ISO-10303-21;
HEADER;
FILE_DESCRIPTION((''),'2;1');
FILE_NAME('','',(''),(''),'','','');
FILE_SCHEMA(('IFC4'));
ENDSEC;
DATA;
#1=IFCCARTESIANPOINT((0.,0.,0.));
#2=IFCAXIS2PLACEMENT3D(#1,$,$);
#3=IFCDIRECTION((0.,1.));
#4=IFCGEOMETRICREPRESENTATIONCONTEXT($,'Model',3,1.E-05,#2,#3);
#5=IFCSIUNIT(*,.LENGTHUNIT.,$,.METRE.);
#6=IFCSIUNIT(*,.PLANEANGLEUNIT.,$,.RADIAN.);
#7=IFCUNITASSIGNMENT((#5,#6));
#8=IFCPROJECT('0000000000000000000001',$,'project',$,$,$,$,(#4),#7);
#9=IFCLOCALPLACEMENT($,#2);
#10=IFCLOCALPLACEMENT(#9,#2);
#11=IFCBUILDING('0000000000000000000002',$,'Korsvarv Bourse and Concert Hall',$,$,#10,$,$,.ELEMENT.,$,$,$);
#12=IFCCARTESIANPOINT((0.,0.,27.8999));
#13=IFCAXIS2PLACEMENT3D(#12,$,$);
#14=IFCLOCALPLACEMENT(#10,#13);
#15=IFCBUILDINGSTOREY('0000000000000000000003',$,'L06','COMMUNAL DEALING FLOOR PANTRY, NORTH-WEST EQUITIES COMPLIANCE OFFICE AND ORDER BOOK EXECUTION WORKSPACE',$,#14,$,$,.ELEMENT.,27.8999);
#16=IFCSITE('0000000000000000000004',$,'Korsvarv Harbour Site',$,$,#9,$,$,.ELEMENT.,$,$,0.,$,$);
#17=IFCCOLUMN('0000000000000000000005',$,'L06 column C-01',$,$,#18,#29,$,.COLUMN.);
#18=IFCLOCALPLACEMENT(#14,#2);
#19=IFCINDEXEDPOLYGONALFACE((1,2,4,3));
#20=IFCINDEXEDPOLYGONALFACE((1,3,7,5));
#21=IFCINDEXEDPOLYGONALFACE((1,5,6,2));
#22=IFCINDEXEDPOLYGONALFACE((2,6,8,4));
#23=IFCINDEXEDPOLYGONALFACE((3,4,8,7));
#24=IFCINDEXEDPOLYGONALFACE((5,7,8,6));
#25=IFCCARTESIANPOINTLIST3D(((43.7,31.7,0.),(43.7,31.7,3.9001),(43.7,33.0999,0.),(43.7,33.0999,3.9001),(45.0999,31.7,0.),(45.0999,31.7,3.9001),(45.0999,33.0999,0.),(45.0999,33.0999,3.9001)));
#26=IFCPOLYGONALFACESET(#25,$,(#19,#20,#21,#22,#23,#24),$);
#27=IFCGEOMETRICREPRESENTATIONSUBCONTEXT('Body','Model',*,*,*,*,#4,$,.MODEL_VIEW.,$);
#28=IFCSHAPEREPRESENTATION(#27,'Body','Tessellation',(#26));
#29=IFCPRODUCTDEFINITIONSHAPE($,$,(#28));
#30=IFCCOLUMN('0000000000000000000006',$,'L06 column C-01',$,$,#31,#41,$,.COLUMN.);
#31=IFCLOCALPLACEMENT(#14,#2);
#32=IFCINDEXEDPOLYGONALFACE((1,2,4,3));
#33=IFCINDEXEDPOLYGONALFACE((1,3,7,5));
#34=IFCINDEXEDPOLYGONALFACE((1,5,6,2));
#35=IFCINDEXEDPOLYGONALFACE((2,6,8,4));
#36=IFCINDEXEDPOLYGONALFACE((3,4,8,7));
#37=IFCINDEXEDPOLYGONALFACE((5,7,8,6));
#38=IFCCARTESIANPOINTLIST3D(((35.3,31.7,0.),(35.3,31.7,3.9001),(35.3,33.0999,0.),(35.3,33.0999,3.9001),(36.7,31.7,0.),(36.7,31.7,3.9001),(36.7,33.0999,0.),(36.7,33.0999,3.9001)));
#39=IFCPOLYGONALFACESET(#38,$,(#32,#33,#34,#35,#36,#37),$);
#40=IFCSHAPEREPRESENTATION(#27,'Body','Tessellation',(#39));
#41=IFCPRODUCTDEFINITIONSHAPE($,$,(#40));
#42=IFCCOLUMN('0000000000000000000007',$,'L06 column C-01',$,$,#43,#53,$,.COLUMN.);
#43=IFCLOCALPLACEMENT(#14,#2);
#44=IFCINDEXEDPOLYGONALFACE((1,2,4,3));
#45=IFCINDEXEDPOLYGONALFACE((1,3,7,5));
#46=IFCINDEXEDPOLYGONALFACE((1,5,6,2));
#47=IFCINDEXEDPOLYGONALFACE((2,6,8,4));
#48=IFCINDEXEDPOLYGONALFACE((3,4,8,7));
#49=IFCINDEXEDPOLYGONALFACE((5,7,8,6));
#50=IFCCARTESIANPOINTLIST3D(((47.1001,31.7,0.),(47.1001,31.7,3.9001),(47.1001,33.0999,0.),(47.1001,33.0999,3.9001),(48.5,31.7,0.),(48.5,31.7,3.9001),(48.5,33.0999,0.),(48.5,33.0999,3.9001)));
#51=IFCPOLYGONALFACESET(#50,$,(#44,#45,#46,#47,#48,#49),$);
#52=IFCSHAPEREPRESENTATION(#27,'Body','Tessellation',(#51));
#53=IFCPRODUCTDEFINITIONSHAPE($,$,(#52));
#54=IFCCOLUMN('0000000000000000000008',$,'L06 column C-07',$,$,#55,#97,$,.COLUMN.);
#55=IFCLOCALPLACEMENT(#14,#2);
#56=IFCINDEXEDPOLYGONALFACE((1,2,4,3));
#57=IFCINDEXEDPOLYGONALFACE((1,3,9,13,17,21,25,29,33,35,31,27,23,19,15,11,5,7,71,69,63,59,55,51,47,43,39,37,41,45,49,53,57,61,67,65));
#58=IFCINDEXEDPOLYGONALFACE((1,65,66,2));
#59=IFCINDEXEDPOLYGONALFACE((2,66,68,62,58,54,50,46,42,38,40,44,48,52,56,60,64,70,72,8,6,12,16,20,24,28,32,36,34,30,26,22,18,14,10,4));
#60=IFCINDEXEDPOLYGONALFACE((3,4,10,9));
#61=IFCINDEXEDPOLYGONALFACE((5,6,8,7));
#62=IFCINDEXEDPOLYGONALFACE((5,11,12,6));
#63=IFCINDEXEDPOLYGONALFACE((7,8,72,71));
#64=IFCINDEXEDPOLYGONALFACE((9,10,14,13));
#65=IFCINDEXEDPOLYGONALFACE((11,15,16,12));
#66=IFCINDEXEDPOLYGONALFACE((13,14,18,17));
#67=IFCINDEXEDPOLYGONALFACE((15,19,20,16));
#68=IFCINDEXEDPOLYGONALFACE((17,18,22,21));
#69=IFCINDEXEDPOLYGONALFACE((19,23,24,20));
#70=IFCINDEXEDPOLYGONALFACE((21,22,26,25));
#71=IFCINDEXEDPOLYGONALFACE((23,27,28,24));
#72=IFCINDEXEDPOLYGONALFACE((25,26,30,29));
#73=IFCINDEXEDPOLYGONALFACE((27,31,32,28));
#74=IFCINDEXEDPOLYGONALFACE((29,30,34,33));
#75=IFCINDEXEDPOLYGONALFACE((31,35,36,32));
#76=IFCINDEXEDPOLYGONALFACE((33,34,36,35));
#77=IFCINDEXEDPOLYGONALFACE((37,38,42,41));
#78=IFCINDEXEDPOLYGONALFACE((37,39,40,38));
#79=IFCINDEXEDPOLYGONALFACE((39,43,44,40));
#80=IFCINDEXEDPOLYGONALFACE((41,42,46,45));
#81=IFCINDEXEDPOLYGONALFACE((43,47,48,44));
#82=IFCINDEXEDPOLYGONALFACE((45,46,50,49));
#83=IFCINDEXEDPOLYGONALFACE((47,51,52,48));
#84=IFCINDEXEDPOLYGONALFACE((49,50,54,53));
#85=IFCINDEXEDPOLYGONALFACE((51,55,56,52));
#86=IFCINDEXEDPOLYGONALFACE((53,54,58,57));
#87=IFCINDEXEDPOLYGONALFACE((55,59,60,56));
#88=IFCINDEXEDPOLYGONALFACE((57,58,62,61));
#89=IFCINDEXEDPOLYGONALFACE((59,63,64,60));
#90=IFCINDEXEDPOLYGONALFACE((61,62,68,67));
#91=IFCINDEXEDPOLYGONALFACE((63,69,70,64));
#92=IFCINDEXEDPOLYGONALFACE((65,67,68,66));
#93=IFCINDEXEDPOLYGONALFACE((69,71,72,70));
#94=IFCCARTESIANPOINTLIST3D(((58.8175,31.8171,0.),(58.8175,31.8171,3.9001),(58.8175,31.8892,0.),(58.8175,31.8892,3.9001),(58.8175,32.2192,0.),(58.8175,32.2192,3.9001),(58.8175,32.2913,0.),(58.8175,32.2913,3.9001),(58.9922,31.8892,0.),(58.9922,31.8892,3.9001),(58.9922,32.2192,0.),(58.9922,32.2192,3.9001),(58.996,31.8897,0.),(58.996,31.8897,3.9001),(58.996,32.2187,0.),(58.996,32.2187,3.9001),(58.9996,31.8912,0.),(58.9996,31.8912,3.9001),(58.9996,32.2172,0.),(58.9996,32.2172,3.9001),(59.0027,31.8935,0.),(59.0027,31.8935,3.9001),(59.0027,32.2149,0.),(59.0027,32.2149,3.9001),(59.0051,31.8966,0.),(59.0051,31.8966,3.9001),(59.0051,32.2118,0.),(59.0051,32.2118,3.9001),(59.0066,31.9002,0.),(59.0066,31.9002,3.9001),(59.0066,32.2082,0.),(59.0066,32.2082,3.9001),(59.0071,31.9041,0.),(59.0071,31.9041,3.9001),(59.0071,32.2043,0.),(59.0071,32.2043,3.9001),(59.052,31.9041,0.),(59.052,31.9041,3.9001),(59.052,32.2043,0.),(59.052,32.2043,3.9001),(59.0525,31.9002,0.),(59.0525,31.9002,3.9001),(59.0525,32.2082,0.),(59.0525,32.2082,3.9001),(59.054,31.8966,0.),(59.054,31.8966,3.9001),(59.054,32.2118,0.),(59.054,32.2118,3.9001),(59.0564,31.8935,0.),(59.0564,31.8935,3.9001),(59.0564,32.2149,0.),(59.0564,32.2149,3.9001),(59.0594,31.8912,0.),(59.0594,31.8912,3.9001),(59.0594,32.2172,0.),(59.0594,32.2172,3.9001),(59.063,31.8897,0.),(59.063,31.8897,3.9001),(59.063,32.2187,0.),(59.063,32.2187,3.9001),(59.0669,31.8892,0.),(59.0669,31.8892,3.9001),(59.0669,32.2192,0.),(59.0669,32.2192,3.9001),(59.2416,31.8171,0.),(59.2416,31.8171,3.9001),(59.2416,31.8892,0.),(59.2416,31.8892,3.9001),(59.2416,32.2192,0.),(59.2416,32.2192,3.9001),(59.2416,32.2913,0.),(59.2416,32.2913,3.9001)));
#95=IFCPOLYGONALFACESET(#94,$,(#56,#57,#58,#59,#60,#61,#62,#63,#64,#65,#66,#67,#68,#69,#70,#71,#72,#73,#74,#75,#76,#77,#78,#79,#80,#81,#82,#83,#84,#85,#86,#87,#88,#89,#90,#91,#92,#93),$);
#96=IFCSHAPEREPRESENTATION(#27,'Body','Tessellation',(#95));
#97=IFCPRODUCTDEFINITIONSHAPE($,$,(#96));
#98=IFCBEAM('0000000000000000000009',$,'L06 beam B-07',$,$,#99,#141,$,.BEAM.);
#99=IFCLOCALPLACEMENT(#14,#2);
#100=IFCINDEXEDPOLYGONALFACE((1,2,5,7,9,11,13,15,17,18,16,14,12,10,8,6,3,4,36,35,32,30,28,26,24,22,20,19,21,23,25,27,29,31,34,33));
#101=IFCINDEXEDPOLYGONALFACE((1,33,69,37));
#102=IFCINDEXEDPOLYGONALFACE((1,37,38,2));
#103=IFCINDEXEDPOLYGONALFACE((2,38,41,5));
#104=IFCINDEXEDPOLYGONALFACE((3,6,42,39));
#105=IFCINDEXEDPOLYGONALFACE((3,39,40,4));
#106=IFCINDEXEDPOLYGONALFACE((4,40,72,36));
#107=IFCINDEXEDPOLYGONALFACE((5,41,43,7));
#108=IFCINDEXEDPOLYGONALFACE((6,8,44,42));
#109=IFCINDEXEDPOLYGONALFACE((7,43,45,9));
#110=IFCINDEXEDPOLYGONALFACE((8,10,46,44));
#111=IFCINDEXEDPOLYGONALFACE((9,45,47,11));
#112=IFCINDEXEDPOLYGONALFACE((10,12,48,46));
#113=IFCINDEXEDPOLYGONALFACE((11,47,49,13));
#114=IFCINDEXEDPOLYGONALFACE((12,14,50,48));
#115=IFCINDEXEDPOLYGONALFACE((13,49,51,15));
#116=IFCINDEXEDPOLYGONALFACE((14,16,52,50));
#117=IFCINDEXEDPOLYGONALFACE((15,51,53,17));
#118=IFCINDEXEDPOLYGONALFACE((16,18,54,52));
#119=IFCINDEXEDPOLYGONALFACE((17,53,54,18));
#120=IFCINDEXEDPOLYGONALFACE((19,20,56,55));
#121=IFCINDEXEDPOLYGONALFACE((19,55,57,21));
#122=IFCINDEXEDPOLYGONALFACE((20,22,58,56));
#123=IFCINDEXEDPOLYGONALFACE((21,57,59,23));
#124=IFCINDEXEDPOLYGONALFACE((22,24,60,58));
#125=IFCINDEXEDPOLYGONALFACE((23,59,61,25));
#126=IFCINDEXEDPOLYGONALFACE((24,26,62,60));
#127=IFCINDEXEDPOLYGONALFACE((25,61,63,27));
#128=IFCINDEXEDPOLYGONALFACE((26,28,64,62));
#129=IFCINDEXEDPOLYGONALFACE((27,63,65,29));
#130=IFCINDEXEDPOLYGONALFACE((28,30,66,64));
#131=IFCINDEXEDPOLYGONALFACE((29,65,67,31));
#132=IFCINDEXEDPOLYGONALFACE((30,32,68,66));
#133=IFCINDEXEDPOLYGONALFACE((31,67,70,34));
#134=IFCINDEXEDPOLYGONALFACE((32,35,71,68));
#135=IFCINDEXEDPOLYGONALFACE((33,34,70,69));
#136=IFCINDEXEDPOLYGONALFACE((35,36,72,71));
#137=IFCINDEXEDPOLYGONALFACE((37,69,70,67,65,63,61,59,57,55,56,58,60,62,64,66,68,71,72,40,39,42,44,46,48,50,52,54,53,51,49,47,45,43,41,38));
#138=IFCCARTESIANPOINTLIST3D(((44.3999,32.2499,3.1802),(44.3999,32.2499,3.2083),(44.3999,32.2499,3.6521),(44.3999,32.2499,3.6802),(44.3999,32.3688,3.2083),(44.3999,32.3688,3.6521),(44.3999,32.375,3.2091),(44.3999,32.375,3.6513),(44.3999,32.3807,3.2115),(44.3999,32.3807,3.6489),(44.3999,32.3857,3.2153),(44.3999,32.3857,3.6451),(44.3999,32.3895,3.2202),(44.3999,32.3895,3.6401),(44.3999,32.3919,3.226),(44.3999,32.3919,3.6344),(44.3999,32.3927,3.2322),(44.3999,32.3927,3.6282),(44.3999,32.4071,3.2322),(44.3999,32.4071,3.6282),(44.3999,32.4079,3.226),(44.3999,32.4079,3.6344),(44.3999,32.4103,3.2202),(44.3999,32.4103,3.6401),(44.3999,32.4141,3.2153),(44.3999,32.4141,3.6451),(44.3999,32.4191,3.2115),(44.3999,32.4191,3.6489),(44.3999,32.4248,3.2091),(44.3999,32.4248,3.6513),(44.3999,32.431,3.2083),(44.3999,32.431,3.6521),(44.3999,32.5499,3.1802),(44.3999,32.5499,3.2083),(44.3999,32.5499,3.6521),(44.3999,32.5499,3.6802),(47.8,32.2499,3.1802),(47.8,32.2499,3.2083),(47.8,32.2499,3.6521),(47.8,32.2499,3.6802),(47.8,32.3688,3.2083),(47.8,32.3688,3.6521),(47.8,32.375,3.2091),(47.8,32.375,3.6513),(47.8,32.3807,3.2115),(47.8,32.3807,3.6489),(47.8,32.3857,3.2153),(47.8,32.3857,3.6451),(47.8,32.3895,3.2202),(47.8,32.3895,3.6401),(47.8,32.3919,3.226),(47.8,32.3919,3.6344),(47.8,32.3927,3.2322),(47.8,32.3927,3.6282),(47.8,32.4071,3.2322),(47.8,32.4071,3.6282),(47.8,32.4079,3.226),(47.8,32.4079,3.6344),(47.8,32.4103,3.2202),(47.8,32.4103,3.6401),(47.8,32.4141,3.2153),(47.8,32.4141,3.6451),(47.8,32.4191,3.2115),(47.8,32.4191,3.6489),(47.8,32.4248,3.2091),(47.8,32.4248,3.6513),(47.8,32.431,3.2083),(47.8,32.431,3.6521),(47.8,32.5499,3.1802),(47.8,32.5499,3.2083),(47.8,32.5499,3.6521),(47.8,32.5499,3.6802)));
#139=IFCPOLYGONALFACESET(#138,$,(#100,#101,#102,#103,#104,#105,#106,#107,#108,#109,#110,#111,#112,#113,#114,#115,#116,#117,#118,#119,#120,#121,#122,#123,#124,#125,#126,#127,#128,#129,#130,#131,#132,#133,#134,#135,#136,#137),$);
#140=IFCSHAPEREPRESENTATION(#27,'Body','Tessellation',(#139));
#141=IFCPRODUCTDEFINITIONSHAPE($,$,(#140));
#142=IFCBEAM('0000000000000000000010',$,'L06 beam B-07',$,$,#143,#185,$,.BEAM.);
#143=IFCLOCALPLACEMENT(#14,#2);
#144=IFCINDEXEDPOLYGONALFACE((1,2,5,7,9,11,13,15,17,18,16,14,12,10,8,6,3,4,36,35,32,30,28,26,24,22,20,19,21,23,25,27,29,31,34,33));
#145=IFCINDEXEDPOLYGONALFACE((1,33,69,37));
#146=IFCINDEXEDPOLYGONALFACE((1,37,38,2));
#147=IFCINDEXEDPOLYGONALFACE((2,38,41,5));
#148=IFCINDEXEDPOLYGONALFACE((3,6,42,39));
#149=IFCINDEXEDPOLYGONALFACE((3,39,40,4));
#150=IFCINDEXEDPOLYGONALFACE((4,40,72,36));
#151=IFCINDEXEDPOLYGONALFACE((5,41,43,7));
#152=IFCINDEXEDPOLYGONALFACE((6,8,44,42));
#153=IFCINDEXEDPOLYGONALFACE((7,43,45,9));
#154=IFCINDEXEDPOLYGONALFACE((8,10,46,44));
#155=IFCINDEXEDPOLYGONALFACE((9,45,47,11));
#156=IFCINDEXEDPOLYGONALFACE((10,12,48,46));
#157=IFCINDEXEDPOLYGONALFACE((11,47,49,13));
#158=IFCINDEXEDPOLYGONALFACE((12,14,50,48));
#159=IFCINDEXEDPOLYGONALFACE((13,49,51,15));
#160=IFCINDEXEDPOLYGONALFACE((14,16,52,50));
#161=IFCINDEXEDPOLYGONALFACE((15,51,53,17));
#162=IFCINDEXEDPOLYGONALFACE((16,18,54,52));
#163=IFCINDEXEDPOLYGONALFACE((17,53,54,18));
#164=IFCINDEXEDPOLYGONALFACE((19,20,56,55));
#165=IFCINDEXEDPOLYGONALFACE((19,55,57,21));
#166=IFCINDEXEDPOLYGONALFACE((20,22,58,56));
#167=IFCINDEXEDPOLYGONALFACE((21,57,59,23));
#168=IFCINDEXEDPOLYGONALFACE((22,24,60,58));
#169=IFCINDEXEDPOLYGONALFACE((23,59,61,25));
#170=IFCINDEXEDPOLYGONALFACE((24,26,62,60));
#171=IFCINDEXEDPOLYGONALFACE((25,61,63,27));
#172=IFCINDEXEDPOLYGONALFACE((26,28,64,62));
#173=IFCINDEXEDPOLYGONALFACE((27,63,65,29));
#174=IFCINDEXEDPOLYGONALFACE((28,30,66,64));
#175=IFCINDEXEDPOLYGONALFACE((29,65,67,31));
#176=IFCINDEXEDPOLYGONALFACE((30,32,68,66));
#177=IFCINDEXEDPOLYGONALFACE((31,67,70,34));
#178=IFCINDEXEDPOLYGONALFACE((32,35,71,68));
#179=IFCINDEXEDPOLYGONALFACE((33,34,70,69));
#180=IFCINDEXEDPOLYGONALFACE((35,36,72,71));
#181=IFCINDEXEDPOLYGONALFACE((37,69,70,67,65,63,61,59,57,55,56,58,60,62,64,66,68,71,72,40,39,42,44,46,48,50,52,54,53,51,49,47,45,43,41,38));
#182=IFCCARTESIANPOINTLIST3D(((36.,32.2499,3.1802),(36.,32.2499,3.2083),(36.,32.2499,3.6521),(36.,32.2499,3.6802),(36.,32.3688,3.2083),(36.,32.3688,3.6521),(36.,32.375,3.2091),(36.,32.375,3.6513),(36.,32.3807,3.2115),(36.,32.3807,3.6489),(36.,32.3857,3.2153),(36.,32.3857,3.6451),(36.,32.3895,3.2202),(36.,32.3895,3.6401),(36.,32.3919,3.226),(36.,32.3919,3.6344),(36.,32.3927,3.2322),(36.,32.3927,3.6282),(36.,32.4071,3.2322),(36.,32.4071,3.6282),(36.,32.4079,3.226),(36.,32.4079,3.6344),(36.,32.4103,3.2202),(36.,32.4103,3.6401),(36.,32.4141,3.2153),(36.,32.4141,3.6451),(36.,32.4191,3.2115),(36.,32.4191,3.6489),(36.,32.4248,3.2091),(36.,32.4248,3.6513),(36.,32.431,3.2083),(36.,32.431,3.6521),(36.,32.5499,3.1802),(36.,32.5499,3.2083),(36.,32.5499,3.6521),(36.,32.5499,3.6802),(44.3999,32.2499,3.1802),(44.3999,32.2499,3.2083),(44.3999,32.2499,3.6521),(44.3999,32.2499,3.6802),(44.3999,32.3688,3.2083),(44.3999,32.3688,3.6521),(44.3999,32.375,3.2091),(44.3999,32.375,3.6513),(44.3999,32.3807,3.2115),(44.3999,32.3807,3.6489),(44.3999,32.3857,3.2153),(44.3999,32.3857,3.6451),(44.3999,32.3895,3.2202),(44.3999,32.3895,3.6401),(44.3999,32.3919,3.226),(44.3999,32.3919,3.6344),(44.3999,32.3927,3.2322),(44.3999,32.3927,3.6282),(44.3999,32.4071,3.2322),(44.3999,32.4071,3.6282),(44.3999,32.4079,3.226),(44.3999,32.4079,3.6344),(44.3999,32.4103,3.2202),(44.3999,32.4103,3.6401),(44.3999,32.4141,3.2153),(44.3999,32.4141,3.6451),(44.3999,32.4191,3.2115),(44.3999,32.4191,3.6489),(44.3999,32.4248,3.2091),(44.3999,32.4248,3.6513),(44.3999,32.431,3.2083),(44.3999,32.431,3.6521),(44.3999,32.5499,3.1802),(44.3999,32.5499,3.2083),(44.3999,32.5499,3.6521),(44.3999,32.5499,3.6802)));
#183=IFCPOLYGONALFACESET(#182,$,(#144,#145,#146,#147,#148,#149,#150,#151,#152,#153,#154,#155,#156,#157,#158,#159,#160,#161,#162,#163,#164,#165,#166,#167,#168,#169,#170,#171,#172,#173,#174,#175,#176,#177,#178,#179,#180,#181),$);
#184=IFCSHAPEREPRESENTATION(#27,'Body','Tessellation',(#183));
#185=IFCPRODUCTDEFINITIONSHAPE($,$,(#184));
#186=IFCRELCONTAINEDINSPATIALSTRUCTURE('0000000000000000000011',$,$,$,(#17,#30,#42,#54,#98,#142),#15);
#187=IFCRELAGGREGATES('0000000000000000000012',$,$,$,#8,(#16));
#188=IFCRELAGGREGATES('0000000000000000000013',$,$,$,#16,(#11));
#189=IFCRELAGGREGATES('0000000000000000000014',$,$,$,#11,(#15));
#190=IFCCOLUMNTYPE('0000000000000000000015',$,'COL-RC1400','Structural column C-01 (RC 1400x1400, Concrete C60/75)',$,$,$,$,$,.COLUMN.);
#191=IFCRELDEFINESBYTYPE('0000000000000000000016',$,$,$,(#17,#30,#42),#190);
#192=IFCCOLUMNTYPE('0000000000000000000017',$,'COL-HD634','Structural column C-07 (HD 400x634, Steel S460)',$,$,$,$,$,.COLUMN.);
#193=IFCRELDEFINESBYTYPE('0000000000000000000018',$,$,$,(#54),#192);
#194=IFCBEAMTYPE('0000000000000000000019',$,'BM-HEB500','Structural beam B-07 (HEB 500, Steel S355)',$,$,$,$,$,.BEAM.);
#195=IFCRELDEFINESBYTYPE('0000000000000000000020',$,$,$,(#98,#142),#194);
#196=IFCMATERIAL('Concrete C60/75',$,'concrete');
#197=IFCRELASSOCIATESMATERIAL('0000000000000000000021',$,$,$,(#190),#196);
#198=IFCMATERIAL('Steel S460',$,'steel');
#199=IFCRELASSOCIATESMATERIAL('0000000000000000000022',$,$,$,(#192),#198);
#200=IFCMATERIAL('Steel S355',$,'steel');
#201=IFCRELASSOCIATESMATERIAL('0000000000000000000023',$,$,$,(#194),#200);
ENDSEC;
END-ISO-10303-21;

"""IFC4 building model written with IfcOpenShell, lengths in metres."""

from ifc_helpers import new_model, si_unit, direction, frame, origin, origin_2d, place, context, subcontext, project, spatial, rectangle, i_section, extrude, source, transform, mapped, material, material_profile, profile_set, type_object, element, save


model = new_model("IFC4")

# Units and contexts
model_context = context("Model", 3, precision=1e-05, world=origin(), true_north=direction((0.0, 1.0)))
body_context = subcontext(model_context, "Body", "Model", "MODEL_VIEW")
ifc_project = project(units=[si_unit("LENGTHUNIT", "METRE"), si_unit("PLANEANGLEUNIT", "RADIAN")], contexts=[model_context])

# Site, building, storey
site_placement = place(None, origin())
site = spatial("IfcSite", under=ifc_project, at=site_placement, Name="Korsvarv Harbour Site", CompositionType="ELEMENT", RefElevation=0.0)
building_placement = place(site_placement, origin())
building = spatial("IfcBuilding", under=site, at=building_placement, Name="Korsvarv Bourse and Concert Hall", CompositionType="ELEMENT")
storey_placement = place(building_placement, frame((0.0, 0.0, 27.8999)))
storey = spatial("IfcBuildingStorey", under=building, at=storey_placement, Name="L06", Description="COMMUNAL DEALING FLOOR PANTRY, NORTH-WEST EQUITIES COMPLIANCE OFFICE AND ORDER BOOK EXECUTION WORKSPACE", CompositionType="ELEMENT", Elevation=27.8999)

# Columns
ifc_material_1 = material(Name="Concrete C60/75", Category="concrete")
ifc_material_profile_1 = material_profile(ifc_material_1, rectangle(XDim=1.3999, YDim=1.3999, at=origin_2d()), Name="RC 1400x1400")
ifc_profile_set_1 = profile_set([ifc_material_profile_1], Name="Concrete C60/75")
column_type_1 = type_object("IfcColumnType", Name="COL-RC1400", Description="Structural column C-01 (RC 1400x1400, Concrete C60/75)", PredefinedType="COLUMN", material=ifc_profile_set_1)
shared_shape_1 = source(origin(), body_context, "Body", "SweptSolid", [
    extrude(rectangle(XDim=1.3999, YDim=1.3999, at=origin_2d()), origin(), (0.0, 0.0, 1.0), 3.9001),
])
for number, where, z_axis, x_axis, name in (
    (1, (44.3999, 32.3999, 0.0), (0.0, 0.0, 1.0), (1.0, 0.0, 0.0), "L06 column C-01"),
    (2, (36.0, 32.3999, 0.0), (0.0, 0.0, 1.0), (1.0, 0.0, 0.0), "L06 column C-01"),
    (3, (47.8, 32.3999, 0.0), (0.0, 0.0, 1.0), (1.0, 0.0, 0.0), "L06 column C-01"),
):
    element("IfcColumn", number, at=place(storey_placement, frame(where, z_axis=z_axis, x_axis=x_axis)), inside=storey, type_object=column_type_1, Name=name, PredefinedType="COLUMN", context=body_context, shape_type="MappedRepresentation", body=[
        mapped(shared_shape_1, transform((0.0, 0.0, 0.0), scale=1.0)),
    ])
ifc_material_2 = material(Name="Steel S460", Category="steel")
ifc_material_profile_2 = material_profile(ifc_material_2, i_section(OverallWidth=0.4241, OverallDepth=0.4741, WebThickness=0.0449, FlangeThickness=0.072, FilletRadius=0.0149, at=origin_2d()), Name="HD 400x634")
ifc_profile_set_2 = profile_set([ifc_material_profile_2], Name="Steel S460")
column_type_2 = type_object("IfcColumnType", Name="COL-HD634", Description="Structural column C-07 (HD 400x634, Steel S460)", PredefinedType="COLUMN", material=ifc_profile_set_2)
shared_shape_2 = source(origin(), body_context, "Body", "SweptSolid", [
    extrude(i_section(OverallWidth=0.4241, OverallDepth=0.4741, WebThickness=0.0449, FlangeThickness=0.072, FilletRadius=0.0149, at=origin_2d()), origin(), (0.0, 0.0, 1.0), 3.9001),
])
column_placement = place(storey_placement, frame((59.0295, 32.0542, 0.0), z_axis=(0.0, 0.0, 1.0), x_axis=(1.0, 0.0, 0.0)))
element("IfcColumn", 4, at=column_placement, inside=storey, type_object=column_type_2, Name="L06 column C-07", PredefinedType="COLUMN", context=body_context, shape_type="MappedRepresentation", body=[
    mapped(shared_shape_2, transform((0.0, 0.0, 0.0), scale=1.0)),
])

# Beams
ifc_material_3 = material(Name="Steel S355", Category="steel")
ifc_material_profile_3 = material_profile(ifc_material_3, i_section(OverallWidth=0.3, OverallDepth=0.5, WebThickness=0.0144, FlangeThickness=0.0281, FilletRadius=0.0239, at=origin_2d()), Name="HEB 500")
ifc_profile_set_3 = profile_set([ifc_material_profile_3], Name="Steel S355")
beam_type_1 = type_object("IfcBeamType", Name="BM-HEB500", Description="Structural beam B-07 (HEB 500, Steel S355)", PredefinedType="BEAM", material=ifc_profile_set_3)
shared_shape_3 = source(origin(), body_context, "Body", "SweptSolid", [
    extrude(i_section(OverallWidth=0.3, OverallDepth=0.5, WebThickness=0.0144, FlangeThickness=0.0281, FilletRadius=0.0239, at=origin_2d()), origin(), (0.0, 0.0, 1.0), 3.4001),
])
beam_1_placement = place(storey_placement, frame((44.3999, 32.3999, 3.4302), z_axis=(1.0, 0.0, 0.0), x_axis=(0.0, 1.0, 0.0)))
element("IfcBeam", 5, at=beam_1_placement, inside=storey, type_object=beam_type_1, Name="L06 beam B-07", PredefinedType="BEAM", context=body_context, shape_type="MappedRepresentation", body=[
    mapped(shared_shape_3, transform((0.0, 0.0, 0.0), scale=1.0)),
])
shared_shape_4 = source(origin(), body_context, "Body", "SweptSolid", [
    extrude(i_section(OverallWidth=0.3, OverallDepth=0.5, WebThickness=0.0144, FlangeThickness=0.0281, FilletRadius=0.0239, at=origin_2d()), origin(), (0.0, 0.0, 1.0), 8.3999),
])
beam_2_placement = place(storey_placement, frame((36.0, 32.3999, 3.4302), z_axis=(1.0, 0.0, 0.0), x_axis=(0.0, 1.0, 0.0)))
element("IfcBeam", 6, at=beam_2_placement, inside=storey, type_object=beam_type_1, Name="L06 beam B-07", PredefinedType="BEAM", context=body_context, shape_type="MappedRepresentation", body=[
    mapped(shared_shape_4, transform((0.0, 0.0, 0.0), scale=1.0)),
])

save(model, "model.ifc")
